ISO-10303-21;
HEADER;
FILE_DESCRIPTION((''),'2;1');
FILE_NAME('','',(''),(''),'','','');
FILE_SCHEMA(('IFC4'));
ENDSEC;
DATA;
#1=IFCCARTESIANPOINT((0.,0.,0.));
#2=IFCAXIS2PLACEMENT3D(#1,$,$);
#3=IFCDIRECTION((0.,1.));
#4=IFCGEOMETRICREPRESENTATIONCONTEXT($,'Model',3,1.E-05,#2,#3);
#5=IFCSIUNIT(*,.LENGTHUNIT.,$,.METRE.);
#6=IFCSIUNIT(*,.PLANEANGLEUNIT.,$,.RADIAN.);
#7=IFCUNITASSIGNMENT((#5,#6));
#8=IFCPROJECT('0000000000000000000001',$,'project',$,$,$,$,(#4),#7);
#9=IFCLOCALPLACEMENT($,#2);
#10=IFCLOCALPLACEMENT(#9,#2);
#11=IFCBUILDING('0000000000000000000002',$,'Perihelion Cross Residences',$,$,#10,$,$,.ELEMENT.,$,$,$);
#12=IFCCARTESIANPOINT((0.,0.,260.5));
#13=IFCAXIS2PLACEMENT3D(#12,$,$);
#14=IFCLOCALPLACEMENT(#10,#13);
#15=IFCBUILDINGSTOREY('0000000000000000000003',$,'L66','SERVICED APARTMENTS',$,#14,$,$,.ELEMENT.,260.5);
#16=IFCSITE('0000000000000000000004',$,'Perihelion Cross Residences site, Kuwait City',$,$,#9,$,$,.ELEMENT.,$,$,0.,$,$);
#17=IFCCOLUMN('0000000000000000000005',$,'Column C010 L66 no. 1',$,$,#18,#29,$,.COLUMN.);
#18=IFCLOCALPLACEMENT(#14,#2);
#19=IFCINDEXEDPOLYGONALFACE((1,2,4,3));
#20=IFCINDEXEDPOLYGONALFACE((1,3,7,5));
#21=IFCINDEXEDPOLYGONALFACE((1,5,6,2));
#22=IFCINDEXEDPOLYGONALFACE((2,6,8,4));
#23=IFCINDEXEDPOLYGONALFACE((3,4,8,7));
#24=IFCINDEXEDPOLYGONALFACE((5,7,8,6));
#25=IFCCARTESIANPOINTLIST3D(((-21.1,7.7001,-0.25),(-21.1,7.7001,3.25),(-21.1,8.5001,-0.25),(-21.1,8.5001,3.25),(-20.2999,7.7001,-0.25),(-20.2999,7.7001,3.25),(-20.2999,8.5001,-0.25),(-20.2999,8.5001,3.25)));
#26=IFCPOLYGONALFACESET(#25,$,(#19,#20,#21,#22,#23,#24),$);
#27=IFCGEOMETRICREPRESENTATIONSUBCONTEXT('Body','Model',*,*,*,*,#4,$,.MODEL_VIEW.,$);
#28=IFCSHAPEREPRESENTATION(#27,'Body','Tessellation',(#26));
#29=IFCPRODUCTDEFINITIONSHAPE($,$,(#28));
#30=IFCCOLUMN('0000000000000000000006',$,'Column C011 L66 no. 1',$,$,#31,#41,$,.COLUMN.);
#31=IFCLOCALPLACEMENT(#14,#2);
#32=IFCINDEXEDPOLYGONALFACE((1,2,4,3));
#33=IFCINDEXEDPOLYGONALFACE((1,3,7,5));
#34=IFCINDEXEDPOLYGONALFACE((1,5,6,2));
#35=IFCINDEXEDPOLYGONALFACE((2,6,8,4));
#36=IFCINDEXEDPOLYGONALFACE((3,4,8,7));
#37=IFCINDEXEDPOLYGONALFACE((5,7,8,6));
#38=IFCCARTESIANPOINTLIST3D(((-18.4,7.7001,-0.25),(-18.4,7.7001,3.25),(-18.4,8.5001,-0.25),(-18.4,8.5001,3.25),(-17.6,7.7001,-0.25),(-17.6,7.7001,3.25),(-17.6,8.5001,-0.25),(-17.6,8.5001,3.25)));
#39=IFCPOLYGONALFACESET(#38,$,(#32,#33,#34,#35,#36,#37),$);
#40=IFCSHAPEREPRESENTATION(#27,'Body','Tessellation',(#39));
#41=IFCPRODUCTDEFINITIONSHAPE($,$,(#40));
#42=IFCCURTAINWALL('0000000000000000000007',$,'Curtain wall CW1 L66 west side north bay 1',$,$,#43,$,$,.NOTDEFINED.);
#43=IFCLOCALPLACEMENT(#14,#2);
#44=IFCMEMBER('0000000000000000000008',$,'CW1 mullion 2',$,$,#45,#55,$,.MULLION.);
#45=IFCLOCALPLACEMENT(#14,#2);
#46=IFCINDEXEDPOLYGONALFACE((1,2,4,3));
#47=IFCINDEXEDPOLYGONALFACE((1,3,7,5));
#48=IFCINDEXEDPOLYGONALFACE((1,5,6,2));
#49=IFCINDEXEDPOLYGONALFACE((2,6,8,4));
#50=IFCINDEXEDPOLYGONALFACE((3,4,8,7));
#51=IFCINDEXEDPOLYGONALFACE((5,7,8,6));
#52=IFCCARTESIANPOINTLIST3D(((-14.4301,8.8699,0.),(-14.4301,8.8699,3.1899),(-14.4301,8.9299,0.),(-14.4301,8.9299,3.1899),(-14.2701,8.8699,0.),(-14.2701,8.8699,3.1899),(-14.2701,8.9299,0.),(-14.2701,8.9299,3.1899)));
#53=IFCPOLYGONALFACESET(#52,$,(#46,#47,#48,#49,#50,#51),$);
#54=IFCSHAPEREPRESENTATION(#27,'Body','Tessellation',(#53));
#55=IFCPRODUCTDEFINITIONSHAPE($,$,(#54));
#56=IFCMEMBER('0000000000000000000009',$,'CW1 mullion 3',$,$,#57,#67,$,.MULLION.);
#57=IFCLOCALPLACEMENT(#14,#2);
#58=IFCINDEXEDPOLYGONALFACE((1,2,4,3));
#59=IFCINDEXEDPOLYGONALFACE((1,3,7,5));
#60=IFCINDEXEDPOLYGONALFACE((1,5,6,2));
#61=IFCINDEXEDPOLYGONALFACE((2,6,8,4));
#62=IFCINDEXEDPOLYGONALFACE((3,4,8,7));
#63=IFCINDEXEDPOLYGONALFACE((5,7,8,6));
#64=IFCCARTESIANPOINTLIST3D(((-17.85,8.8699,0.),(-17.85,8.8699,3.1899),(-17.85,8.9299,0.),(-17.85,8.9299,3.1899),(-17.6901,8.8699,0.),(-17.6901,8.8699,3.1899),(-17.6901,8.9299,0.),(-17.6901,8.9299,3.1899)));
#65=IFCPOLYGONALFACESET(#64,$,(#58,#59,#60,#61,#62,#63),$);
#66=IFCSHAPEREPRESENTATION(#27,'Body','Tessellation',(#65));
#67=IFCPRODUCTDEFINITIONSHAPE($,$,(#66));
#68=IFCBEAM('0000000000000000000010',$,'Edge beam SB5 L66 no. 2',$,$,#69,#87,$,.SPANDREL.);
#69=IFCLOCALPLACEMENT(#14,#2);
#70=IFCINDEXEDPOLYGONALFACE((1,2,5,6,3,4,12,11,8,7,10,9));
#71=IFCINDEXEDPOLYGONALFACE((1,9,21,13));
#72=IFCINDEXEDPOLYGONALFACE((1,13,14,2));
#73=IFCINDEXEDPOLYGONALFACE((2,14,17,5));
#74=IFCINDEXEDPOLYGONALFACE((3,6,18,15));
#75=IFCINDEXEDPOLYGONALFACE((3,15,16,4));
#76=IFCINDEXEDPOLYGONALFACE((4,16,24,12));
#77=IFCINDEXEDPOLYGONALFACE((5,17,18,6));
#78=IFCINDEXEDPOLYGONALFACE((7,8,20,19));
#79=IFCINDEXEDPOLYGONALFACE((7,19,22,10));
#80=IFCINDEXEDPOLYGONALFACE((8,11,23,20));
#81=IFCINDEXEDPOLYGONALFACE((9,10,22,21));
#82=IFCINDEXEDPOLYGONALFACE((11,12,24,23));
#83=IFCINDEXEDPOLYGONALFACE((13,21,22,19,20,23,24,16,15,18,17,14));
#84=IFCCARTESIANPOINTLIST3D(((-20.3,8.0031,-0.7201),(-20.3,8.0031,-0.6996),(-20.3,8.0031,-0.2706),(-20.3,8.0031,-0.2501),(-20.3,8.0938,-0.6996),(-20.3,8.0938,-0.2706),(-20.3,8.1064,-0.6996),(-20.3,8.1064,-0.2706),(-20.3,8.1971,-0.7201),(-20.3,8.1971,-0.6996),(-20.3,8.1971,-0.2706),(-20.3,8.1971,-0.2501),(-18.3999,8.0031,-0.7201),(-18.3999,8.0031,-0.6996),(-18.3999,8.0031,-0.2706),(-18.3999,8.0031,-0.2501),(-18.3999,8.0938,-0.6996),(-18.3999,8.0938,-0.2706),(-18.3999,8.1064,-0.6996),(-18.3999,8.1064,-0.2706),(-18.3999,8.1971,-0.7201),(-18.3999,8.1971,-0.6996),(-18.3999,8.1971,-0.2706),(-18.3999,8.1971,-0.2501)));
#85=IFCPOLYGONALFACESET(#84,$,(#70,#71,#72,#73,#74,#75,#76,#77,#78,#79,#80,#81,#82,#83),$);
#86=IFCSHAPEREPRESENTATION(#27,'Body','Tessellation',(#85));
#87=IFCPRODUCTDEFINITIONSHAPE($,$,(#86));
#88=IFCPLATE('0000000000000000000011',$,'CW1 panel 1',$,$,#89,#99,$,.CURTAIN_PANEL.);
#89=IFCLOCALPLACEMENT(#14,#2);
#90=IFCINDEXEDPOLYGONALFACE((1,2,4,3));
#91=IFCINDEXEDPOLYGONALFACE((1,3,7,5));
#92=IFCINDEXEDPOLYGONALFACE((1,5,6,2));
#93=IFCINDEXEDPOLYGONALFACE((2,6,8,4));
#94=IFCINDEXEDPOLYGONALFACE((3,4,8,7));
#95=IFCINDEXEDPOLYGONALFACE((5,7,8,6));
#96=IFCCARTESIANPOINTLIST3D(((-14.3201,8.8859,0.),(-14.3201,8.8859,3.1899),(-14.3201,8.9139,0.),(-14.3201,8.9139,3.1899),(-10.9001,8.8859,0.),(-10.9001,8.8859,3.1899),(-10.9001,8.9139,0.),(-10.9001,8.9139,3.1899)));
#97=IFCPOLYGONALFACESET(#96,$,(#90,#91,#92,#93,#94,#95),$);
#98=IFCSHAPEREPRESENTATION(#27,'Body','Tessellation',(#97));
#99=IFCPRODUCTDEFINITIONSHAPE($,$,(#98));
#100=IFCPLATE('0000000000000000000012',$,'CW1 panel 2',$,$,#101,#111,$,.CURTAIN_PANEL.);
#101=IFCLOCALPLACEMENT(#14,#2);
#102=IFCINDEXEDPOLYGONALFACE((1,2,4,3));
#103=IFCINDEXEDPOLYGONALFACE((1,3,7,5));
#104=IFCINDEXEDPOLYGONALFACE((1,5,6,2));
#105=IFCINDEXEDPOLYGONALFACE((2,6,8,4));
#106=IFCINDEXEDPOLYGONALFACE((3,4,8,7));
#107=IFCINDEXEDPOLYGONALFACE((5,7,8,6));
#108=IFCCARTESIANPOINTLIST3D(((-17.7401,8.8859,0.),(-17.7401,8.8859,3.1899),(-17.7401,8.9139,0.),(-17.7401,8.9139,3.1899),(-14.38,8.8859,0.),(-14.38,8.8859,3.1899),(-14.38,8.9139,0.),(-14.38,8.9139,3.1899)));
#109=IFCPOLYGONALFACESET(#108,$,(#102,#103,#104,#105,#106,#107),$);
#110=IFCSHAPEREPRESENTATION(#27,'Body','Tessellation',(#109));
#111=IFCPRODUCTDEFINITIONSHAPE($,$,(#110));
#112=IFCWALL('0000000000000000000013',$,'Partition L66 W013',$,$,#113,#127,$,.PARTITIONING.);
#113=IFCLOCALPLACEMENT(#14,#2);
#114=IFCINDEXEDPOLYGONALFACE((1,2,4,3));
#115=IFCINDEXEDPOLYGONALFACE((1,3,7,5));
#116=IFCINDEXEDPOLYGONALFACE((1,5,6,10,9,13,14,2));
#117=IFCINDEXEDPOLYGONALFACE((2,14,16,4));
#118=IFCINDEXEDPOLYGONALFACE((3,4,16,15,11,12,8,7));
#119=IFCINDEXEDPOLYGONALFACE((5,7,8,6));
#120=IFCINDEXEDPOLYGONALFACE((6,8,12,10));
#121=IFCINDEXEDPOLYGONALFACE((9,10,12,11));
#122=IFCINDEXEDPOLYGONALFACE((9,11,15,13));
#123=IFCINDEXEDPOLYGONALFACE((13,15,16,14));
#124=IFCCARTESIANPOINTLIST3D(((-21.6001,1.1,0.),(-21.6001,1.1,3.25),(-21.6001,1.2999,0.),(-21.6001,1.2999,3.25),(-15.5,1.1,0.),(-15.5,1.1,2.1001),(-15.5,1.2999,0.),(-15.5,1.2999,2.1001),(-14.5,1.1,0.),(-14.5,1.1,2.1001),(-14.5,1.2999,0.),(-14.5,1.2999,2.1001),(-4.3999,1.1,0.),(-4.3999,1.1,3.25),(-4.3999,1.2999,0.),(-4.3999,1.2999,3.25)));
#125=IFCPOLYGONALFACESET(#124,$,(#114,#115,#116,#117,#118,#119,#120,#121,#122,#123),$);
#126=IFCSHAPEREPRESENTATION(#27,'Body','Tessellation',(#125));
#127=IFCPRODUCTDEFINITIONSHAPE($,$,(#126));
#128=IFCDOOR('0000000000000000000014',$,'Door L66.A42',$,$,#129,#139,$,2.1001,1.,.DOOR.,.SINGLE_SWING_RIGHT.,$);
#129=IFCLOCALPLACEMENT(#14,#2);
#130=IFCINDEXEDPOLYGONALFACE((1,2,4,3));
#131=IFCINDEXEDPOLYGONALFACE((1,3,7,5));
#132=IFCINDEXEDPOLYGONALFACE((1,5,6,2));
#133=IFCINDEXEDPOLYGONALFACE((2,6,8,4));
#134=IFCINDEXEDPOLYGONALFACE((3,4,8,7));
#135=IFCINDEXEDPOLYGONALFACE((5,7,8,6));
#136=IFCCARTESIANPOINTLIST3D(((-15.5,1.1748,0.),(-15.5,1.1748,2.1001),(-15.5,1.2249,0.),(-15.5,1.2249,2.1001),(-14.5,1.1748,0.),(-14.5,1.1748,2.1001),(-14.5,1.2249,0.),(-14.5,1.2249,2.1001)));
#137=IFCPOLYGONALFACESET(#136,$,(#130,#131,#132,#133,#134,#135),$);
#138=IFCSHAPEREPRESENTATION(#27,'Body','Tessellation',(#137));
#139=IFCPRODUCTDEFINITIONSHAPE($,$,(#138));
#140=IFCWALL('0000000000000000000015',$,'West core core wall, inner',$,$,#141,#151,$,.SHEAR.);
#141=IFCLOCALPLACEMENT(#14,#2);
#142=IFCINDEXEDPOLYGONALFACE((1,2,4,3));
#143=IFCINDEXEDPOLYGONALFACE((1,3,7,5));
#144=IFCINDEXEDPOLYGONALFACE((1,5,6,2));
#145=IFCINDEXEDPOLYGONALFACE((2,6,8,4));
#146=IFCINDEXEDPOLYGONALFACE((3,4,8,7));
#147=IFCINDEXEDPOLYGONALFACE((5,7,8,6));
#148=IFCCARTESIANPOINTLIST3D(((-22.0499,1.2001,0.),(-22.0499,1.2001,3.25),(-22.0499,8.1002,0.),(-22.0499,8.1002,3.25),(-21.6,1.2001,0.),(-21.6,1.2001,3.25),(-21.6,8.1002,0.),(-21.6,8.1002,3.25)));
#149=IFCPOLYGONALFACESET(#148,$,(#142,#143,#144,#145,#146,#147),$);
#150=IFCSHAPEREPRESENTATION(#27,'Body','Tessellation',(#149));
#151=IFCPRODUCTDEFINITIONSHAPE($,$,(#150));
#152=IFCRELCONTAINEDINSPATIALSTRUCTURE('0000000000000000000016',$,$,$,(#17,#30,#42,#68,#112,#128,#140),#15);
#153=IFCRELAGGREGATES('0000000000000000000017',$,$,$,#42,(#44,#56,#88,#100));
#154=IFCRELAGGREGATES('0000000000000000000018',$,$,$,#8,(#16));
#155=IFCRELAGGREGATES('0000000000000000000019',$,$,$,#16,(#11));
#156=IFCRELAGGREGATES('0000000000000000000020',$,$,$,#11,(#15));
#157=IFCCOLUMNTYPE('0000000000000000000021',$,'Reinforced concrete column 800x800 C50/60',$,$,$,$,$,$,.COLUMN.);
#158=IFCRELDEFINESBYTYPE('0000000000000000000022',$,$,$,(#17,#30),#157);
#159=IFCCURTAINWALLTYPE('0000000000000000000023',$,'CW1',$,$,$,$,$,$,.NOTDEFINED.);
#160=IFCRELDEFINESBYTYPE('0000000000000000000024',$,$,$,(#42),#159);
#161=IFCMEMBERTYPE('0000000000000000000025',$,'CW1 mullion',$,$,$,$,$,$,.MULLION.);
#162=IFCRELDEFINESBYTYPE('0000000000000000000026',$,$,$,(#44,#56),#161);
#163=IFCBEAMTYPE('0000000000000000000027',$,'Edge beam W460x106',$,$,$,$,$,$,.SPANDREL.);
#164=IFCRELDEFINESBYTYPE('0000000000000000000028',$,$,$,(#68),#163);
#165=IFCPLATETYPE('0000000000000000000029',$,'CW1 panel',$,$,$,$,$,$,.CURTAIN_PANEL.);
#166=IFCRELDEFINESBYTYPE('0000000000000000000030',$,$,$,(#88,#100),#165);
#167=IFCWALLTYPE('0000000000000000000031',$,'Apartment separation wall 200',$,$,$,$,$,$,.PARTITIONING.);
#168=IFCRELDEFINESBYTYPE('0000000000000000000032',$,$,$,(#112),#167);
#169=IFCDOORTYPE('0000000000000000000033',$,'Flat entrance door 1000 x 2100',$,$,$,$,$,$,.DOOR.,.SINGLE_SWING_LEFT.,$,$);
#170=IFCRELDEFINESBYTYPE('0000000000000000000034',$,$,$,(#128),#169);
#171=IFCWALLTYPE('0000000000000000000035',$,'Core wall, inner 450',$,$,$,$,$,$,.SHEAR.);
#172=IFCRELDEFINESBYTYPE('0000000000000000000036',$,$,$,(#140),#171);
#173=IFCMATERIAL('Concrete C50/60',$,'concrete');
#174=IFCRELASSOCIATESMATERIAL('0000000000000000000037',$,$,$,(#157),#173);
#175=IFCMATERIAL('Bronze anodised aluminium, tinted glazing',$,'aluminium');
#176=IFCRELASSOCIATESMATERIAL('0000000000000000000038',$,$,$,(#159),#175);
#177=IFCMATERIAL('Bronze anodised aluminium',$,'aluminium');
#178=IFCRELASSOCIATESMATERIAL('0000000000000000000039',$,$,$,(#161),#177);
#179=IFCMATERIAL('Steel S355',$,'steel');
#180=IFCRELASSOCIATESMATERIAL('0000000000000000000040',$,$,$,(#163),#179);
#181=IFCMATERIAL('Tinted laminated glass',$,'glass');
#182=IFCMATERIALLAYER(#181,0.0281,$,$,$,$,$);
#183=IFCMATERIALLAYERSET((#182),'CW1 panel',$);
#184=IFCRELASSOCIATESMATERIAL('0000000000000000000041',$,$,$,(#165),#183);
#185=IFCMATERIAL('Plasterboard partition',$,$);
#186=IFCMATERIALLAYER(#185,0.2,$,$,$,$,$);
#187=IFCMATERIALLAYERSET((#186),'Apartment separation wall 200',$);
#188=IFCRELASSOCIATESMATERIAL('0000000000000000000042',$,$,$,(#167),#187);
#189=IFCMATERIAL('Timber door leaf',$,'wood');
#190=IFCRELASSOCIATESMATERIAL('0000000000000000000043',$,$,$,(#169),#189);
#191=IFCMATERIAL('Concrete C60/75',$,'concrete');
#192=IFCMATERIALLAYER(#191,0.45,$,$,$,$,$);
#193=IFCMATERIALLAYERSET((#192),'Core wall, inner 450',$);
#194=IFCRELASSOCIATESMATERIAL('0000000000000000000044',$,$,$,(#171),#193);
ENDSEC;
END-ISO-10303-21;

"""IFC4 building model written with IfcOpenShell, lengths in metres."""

from ifc_helpers import new_model, si_unit, direction, frame, frame_2d, origin, origin_2d, place, context, subcontext, project, spatial, rectangle, i_section, extrude, material, layer, layer_set, material_profile, profile_set, type_object, element, fill, aggregate, save


model = new_model("IFC4")

# Units and contexts
model_context = context("Model", 3, precision=1e-05, world=origin(), true_north=direction((0.0, 1.0)))
body_context = subcontext(model_context, "Body", "Model", "MODEL_VIEW")
ifc_project = project(units=[si_unit("LENGTHUNIT", "METRE"), si_unit("PLANEANGLEUNIT", "RADIAN")], contexts=[model_context])

# Site, building, storey
site_placement = place(None, origin())
site = spatial("IfcSite", under=ifc_project, at=site_placement, Name="Perihelion Cross Residences site, Kuwait City", CompositionType="ELEMENT", RefElevation=0.0)
building_placement = place(site_placement, origin())
building = spatial("IfcBuilding", under=site, at=building_placement, Name="Perihelion Cross Residences", CompositionType="ELEMENT")
storey_placement = place(building_placement, frame((0.0, 0.0, 260.5)))
storey = spatial("IfcBuildingStorey", under=building, at=storey_placement, Name="L66", Description="SERVICED APARTMENTS", CompositionType="ELEMENT", Elevation=260.5)

# Columns
ifc_material_1 = material(Name="Concrete C50/60", Category="concrete")
ifc_material_profile_1 = material_profile(ifc_material_1, rectangle(XDim=0.8, YDim=0.8, at=origin_2d()), Name="RC 800x800")
ifc_profile_set_1 = profile_set([ifc_material_profile_1], Name="Concrete C50/60")
column_type = type_object("IfcColumnType", Name="Reinforced concrete column 800x800 C50/60", PredefinedType="COLUMN", material=ifc_profile_set_1)
for number, where, z_axis, x_axis, name in (
    (1, (-20.7, 8.1001, -0.25), (0.0, 0.0, 1.0), (1.0, 0.0, 0.0), "Column C010 L66 no. 1"),
    (2, (-18.0, 8.1001, -0.25), (0.0, 0.0, 1.0), (1.0, 0.0, 0.0), "Column C011 L66 no. 1"),
):
    element("IfcColumn", number, at=place(storey_placement, frame(where, z_axis=z_axis, x_axis=x_axis)), inside=storey, type_object=column_type, Name=name, PredefinedType="COLUMN", context=body_context, shape_type="SweptSolid", body=[
        extrude(rectangle(XDim=0.8, YDim=0.8, at=origin_2d()), origin(), (0.0, 0.0, 1.0), 3.5),
    ])

# Curtain wall, members
ifc_material_2 = material(Name="Bronze anodised aluminium, tinted glazing", Category="aluminium")
curtain_wall_type = type_object("IfcCurtainWallType", Name="CW1", PredefinedType="NOTDEFINED", material=ifc_material_2)
curtain_wall_placement = place(storey_placement, origin())
curtain_wall = element("IfcCurtainWall", 3, at=curtain_wall_placement, inside=storey, type_object=curtain_wall_type, Name="Curtain wall CW1 L66 west side north bay 1", PredefinedType="NOTDEFINED")
ifc_material_3 = material(Name="Bronze anodised aluminium", Category="aluminium")
ifc_material_profile_2 = material_profile(ifc_material_3, rectangle(XDim=0.0601, YDim=0.1599, at=origin_2d()), Name="CW1 mullion")
ifc_profile_set_2 = profile_set([ifc_material_profile_2], Name="Bronze anodised aluminium")
member_type = type_object("IfcMemberType", Name="CW1 mullion", PredefinedType="MULLION", material=ifc_profile_set_2)
member_1_placement = place(storey_placement, frame((-14.3501, 8.8999, 0.0), z_axis=(0.0, 0.0, 1.0), x_axis=(0.0, -1.0, 0.0)))
member_1 = element("IfcMember", 4, at=member_1_placement, type_object=member_type, Name="CW1 mullion 2", PredefinedType="MULLION", context=body_context, shape_type="SweptSolid", body=[
    extrude(rectangle(XDim=0.0601, YDim=0.1599, at=origin_2d()), origin(), (0.0, 0.0, 1.0), 3.1899),
])
member_2_placement = place(storey_placement, frame((-17.77, 8.8999, 0.0), z_axis=(0.0, 0.0, 1.0), x_axis=(0.0, -1.0, 0.0)))
member_2 = element("IfcMember", 5, at=member_2_placement, type_object=member_type, Name="CW1 mullion 3", PredefinedType="MULLION", context=body_context, shape_type="SweptSolid", body=[
    extrude(rectangle(XDim=0.0601, YDim=0.1599, at=origin_2d()), origin(), (0.0, 0.0, 1.0), 3.1899),
])

# Beam
ifc_material_4 = material(Name="Steel S355", Category="steel")
ifc_material_profile_3 = material_profile(ifc_material_4, i_section(OverallWidth=0.1941, OverallDepth=0.47, WebThickness=0.0127, FlangeThickness=0.0205, at=origin_2d()), Name="W460x106")
ifc_profile_set_3 = profile_set([ifc_material_profile_3], Name="Steel S355")
beam_type = type_object("IfcBeamType", Name="Edge beam W460x106", PredefinedType="SPANDREL", material=ifc_profile_set_3)
beam_placement = place(storey_placement, frame((-18.3999, 8.1001, -0.4851), z_axis=(-1.0, 0.0, 0.0), x_axis=(0.0, -1.0, 0.0)))
element("IfcBeam", 6, at=beam_placement, inside=storey, type_object=beam_type, Name="Edge beam SB5 L66 no. 2", PredefinedType="SPANDREL", context=body_context, shape_type="SweptSolid", body=[
    extrude(i_section(OverallWidth=0.1941, OverallDepth=0.47, WebThickness=0.0127, FlangeThickness=0.0205, at=origin_2d()), origin(), (0.0, 0.0, 1.0), 1.9001),
])

# Plates
ifc_material_5 = material(Name="Tinted laminated glass", Category="glass")
ifc_layer_1 = layer(ifc_material_5, 0.0281)
ifc_layer_set_1 = layer_set([ifc_layer_1], Name="CW1 panel")
plate_type = type_object("IfcPlateType", Name="CW1 panel", PredefinedType="CURTAIN_PANEL", material=ifc_layer_set_1)
plate_1_placement = place(storey_placement, frame((-12.6101, 8.8999, 0.0), z_axis=(0.0, 0.0, 1.0), x_axis=(-1.0, 0.0, 0.0)))
plate_1 = element("IfcPlate", 7, at=plate_1_placement, type_object=plate_type, Name="CW1 panel 1", PredefinedType="CURTAIN_PANEL", context=body_context, shape_type="SweptSolid", body=[
    extrude(rectangle(XDim=3.4199, YDim=0.0281, at=origin_2d()), origin(), (0.0, 0.0, 1.0), 3.1899),
])
plate_2_placement = place(storey_placement, frame((-16.0601, 8.8999, 0.0), z_axis=(0.0, 0.0, 1.0), x_axis=(-1.0, 0.0, 0.0)))
plate_2 = element("IfcPlate", 8, at=plate_2_placement, type_object=plate_type, Name="CW1 panel 2", PredefinedType="CURTAIN_PANEL", context=body_context, shape_type="SweptSolid", body=[
    extrude(rectangle(XDim=3.3601, YDim=0.0281, at=origin_2d()), origin(), (0.0, 0.0, 1.0), 3.1899),
])
aggregate(curtain_wall, [member_1, member_2, plate_1, plate_2])

# Wall, opening, door
ifc_material_6 = material(Name="Plasterboard partition")
ifc_layer_2 = layer(ifc_material_6, 0.2)
ifc_layer_set_2 = layer_set([ifc_layer_2], Name="Apartment separation wall 200")
wall_type_1 = type_object("IfcWallType", Name="Apartment separation wall 200", PredefinedType="PARTITIONING", material=ifc_layer_set_2)
wall_1_placement = place(storey_placement, frame((-21.6001, 1.2, 0.0), z_axis=(0.0, 0.0, 1.0), x_axis=(1.0, 0.0, 0.0)))
wall_1 = element("IfcWall", 9, at=wall_1_placement, inside=storey, type_object=wall_type_1, Name="Partition L66 W013", PredefinedType="PARTITIONING", context=body_context, shape_type="SweptSolid", body=[
    extrude(rectangle(XDim=17.2002, YDim=0.2, at=frame_2d((8.6001, 0.0))), origin(), (0.0, 0.0, 1.0), 3.25),
])
opening_1_placement = place(wall_1_placement, frame((6.1001, 0.0, 0.0)))
opening_1 = element("IfcOpeningElement", 10, at=opening_1_placement, cuts=wall_1, PredefinedType="OPENING", context=body_context, shape_type="SweptSolid", body=[
    extrude(rectangle(XDim=1.0, YDim=2.1001, at=frame_2d((0.5, 1.05))), frame((0.0, 0.1099, 0.0), z_axis=(0.0, -1.0, 0.0), x_axis=(1.0, 0.0, 0.0)), (0.0, 0.0, 1.0), 0.22),
])
ifc_material_7 = material(Name="Timber door leaf", Category="wood")
door_type_1 = type_object("IfcDoorType", Name="Flat entrance door 1000 x 2100", OperationType="SINGLE_SWING_LEFT", PredefinedType="DOOR", material=ifc_material_7)
door_1_placement = place(opening_1_placement, origin())
door_1 = element("IfcDoor", 11, at=door_1_placement, inside=storey, type_object=door_type_1, Name="Door L66.A42", OperationType="SINGLE_SWING_RIGHT", OverallHeight=2.1001, OverallWidth=1.0, PredefinedType="DOOR", context=body_context, shape_type="SweptSolid", body=[
    extrude(rectangle(XDim=1.0, YDim=2.1001, at=frame_2d((0.5, 1.05))), frame((0.0, 0.0249, 0.0), z_axis=(0.0, -1.0, 0.0), x_axis=(1.0, 0.0, 0.0)), (0.0, 0.0, 1.0), 0.05),
])
fill(opening_1, door_1)

# Wall
ifc_material_8 = material(Name="Concrete C60/75", Category="concrete")
ifc_layer_3 = layer(ifc_material_8, 0.45)
ifc_layer_set_3 = layer_set([ifc_layer_3], Name="Core wall, inner 450")
wall_type_2 = type_object("IfcWallType", Name="Core wall, inner 450", PredefinedType="SHEAR", material=ifc_layer_set_3)
wall_2_placement = place(storey_placement, frame((-21.825, 1.2, 0.0), z_axis=(0.0, 0.0, 1.0), x_axis=(0.0, 1.0, 0.0)))
element("IfcWall", 12, at=wall_2_placement, inside=storey, type_object=wall_type_2, Name="West core core wall, inner", PredefinedType="SHEAR", context=body_context, shape_type="SweptSolid", body=[
    extrude(rectangle(XDim=6.9001, YDim=0.45, at=frame_2d((3.4502, 0.0))), origin(), (0.0, 0.0, 1.0), 3.25),
])

save(model, "model.ifc")
